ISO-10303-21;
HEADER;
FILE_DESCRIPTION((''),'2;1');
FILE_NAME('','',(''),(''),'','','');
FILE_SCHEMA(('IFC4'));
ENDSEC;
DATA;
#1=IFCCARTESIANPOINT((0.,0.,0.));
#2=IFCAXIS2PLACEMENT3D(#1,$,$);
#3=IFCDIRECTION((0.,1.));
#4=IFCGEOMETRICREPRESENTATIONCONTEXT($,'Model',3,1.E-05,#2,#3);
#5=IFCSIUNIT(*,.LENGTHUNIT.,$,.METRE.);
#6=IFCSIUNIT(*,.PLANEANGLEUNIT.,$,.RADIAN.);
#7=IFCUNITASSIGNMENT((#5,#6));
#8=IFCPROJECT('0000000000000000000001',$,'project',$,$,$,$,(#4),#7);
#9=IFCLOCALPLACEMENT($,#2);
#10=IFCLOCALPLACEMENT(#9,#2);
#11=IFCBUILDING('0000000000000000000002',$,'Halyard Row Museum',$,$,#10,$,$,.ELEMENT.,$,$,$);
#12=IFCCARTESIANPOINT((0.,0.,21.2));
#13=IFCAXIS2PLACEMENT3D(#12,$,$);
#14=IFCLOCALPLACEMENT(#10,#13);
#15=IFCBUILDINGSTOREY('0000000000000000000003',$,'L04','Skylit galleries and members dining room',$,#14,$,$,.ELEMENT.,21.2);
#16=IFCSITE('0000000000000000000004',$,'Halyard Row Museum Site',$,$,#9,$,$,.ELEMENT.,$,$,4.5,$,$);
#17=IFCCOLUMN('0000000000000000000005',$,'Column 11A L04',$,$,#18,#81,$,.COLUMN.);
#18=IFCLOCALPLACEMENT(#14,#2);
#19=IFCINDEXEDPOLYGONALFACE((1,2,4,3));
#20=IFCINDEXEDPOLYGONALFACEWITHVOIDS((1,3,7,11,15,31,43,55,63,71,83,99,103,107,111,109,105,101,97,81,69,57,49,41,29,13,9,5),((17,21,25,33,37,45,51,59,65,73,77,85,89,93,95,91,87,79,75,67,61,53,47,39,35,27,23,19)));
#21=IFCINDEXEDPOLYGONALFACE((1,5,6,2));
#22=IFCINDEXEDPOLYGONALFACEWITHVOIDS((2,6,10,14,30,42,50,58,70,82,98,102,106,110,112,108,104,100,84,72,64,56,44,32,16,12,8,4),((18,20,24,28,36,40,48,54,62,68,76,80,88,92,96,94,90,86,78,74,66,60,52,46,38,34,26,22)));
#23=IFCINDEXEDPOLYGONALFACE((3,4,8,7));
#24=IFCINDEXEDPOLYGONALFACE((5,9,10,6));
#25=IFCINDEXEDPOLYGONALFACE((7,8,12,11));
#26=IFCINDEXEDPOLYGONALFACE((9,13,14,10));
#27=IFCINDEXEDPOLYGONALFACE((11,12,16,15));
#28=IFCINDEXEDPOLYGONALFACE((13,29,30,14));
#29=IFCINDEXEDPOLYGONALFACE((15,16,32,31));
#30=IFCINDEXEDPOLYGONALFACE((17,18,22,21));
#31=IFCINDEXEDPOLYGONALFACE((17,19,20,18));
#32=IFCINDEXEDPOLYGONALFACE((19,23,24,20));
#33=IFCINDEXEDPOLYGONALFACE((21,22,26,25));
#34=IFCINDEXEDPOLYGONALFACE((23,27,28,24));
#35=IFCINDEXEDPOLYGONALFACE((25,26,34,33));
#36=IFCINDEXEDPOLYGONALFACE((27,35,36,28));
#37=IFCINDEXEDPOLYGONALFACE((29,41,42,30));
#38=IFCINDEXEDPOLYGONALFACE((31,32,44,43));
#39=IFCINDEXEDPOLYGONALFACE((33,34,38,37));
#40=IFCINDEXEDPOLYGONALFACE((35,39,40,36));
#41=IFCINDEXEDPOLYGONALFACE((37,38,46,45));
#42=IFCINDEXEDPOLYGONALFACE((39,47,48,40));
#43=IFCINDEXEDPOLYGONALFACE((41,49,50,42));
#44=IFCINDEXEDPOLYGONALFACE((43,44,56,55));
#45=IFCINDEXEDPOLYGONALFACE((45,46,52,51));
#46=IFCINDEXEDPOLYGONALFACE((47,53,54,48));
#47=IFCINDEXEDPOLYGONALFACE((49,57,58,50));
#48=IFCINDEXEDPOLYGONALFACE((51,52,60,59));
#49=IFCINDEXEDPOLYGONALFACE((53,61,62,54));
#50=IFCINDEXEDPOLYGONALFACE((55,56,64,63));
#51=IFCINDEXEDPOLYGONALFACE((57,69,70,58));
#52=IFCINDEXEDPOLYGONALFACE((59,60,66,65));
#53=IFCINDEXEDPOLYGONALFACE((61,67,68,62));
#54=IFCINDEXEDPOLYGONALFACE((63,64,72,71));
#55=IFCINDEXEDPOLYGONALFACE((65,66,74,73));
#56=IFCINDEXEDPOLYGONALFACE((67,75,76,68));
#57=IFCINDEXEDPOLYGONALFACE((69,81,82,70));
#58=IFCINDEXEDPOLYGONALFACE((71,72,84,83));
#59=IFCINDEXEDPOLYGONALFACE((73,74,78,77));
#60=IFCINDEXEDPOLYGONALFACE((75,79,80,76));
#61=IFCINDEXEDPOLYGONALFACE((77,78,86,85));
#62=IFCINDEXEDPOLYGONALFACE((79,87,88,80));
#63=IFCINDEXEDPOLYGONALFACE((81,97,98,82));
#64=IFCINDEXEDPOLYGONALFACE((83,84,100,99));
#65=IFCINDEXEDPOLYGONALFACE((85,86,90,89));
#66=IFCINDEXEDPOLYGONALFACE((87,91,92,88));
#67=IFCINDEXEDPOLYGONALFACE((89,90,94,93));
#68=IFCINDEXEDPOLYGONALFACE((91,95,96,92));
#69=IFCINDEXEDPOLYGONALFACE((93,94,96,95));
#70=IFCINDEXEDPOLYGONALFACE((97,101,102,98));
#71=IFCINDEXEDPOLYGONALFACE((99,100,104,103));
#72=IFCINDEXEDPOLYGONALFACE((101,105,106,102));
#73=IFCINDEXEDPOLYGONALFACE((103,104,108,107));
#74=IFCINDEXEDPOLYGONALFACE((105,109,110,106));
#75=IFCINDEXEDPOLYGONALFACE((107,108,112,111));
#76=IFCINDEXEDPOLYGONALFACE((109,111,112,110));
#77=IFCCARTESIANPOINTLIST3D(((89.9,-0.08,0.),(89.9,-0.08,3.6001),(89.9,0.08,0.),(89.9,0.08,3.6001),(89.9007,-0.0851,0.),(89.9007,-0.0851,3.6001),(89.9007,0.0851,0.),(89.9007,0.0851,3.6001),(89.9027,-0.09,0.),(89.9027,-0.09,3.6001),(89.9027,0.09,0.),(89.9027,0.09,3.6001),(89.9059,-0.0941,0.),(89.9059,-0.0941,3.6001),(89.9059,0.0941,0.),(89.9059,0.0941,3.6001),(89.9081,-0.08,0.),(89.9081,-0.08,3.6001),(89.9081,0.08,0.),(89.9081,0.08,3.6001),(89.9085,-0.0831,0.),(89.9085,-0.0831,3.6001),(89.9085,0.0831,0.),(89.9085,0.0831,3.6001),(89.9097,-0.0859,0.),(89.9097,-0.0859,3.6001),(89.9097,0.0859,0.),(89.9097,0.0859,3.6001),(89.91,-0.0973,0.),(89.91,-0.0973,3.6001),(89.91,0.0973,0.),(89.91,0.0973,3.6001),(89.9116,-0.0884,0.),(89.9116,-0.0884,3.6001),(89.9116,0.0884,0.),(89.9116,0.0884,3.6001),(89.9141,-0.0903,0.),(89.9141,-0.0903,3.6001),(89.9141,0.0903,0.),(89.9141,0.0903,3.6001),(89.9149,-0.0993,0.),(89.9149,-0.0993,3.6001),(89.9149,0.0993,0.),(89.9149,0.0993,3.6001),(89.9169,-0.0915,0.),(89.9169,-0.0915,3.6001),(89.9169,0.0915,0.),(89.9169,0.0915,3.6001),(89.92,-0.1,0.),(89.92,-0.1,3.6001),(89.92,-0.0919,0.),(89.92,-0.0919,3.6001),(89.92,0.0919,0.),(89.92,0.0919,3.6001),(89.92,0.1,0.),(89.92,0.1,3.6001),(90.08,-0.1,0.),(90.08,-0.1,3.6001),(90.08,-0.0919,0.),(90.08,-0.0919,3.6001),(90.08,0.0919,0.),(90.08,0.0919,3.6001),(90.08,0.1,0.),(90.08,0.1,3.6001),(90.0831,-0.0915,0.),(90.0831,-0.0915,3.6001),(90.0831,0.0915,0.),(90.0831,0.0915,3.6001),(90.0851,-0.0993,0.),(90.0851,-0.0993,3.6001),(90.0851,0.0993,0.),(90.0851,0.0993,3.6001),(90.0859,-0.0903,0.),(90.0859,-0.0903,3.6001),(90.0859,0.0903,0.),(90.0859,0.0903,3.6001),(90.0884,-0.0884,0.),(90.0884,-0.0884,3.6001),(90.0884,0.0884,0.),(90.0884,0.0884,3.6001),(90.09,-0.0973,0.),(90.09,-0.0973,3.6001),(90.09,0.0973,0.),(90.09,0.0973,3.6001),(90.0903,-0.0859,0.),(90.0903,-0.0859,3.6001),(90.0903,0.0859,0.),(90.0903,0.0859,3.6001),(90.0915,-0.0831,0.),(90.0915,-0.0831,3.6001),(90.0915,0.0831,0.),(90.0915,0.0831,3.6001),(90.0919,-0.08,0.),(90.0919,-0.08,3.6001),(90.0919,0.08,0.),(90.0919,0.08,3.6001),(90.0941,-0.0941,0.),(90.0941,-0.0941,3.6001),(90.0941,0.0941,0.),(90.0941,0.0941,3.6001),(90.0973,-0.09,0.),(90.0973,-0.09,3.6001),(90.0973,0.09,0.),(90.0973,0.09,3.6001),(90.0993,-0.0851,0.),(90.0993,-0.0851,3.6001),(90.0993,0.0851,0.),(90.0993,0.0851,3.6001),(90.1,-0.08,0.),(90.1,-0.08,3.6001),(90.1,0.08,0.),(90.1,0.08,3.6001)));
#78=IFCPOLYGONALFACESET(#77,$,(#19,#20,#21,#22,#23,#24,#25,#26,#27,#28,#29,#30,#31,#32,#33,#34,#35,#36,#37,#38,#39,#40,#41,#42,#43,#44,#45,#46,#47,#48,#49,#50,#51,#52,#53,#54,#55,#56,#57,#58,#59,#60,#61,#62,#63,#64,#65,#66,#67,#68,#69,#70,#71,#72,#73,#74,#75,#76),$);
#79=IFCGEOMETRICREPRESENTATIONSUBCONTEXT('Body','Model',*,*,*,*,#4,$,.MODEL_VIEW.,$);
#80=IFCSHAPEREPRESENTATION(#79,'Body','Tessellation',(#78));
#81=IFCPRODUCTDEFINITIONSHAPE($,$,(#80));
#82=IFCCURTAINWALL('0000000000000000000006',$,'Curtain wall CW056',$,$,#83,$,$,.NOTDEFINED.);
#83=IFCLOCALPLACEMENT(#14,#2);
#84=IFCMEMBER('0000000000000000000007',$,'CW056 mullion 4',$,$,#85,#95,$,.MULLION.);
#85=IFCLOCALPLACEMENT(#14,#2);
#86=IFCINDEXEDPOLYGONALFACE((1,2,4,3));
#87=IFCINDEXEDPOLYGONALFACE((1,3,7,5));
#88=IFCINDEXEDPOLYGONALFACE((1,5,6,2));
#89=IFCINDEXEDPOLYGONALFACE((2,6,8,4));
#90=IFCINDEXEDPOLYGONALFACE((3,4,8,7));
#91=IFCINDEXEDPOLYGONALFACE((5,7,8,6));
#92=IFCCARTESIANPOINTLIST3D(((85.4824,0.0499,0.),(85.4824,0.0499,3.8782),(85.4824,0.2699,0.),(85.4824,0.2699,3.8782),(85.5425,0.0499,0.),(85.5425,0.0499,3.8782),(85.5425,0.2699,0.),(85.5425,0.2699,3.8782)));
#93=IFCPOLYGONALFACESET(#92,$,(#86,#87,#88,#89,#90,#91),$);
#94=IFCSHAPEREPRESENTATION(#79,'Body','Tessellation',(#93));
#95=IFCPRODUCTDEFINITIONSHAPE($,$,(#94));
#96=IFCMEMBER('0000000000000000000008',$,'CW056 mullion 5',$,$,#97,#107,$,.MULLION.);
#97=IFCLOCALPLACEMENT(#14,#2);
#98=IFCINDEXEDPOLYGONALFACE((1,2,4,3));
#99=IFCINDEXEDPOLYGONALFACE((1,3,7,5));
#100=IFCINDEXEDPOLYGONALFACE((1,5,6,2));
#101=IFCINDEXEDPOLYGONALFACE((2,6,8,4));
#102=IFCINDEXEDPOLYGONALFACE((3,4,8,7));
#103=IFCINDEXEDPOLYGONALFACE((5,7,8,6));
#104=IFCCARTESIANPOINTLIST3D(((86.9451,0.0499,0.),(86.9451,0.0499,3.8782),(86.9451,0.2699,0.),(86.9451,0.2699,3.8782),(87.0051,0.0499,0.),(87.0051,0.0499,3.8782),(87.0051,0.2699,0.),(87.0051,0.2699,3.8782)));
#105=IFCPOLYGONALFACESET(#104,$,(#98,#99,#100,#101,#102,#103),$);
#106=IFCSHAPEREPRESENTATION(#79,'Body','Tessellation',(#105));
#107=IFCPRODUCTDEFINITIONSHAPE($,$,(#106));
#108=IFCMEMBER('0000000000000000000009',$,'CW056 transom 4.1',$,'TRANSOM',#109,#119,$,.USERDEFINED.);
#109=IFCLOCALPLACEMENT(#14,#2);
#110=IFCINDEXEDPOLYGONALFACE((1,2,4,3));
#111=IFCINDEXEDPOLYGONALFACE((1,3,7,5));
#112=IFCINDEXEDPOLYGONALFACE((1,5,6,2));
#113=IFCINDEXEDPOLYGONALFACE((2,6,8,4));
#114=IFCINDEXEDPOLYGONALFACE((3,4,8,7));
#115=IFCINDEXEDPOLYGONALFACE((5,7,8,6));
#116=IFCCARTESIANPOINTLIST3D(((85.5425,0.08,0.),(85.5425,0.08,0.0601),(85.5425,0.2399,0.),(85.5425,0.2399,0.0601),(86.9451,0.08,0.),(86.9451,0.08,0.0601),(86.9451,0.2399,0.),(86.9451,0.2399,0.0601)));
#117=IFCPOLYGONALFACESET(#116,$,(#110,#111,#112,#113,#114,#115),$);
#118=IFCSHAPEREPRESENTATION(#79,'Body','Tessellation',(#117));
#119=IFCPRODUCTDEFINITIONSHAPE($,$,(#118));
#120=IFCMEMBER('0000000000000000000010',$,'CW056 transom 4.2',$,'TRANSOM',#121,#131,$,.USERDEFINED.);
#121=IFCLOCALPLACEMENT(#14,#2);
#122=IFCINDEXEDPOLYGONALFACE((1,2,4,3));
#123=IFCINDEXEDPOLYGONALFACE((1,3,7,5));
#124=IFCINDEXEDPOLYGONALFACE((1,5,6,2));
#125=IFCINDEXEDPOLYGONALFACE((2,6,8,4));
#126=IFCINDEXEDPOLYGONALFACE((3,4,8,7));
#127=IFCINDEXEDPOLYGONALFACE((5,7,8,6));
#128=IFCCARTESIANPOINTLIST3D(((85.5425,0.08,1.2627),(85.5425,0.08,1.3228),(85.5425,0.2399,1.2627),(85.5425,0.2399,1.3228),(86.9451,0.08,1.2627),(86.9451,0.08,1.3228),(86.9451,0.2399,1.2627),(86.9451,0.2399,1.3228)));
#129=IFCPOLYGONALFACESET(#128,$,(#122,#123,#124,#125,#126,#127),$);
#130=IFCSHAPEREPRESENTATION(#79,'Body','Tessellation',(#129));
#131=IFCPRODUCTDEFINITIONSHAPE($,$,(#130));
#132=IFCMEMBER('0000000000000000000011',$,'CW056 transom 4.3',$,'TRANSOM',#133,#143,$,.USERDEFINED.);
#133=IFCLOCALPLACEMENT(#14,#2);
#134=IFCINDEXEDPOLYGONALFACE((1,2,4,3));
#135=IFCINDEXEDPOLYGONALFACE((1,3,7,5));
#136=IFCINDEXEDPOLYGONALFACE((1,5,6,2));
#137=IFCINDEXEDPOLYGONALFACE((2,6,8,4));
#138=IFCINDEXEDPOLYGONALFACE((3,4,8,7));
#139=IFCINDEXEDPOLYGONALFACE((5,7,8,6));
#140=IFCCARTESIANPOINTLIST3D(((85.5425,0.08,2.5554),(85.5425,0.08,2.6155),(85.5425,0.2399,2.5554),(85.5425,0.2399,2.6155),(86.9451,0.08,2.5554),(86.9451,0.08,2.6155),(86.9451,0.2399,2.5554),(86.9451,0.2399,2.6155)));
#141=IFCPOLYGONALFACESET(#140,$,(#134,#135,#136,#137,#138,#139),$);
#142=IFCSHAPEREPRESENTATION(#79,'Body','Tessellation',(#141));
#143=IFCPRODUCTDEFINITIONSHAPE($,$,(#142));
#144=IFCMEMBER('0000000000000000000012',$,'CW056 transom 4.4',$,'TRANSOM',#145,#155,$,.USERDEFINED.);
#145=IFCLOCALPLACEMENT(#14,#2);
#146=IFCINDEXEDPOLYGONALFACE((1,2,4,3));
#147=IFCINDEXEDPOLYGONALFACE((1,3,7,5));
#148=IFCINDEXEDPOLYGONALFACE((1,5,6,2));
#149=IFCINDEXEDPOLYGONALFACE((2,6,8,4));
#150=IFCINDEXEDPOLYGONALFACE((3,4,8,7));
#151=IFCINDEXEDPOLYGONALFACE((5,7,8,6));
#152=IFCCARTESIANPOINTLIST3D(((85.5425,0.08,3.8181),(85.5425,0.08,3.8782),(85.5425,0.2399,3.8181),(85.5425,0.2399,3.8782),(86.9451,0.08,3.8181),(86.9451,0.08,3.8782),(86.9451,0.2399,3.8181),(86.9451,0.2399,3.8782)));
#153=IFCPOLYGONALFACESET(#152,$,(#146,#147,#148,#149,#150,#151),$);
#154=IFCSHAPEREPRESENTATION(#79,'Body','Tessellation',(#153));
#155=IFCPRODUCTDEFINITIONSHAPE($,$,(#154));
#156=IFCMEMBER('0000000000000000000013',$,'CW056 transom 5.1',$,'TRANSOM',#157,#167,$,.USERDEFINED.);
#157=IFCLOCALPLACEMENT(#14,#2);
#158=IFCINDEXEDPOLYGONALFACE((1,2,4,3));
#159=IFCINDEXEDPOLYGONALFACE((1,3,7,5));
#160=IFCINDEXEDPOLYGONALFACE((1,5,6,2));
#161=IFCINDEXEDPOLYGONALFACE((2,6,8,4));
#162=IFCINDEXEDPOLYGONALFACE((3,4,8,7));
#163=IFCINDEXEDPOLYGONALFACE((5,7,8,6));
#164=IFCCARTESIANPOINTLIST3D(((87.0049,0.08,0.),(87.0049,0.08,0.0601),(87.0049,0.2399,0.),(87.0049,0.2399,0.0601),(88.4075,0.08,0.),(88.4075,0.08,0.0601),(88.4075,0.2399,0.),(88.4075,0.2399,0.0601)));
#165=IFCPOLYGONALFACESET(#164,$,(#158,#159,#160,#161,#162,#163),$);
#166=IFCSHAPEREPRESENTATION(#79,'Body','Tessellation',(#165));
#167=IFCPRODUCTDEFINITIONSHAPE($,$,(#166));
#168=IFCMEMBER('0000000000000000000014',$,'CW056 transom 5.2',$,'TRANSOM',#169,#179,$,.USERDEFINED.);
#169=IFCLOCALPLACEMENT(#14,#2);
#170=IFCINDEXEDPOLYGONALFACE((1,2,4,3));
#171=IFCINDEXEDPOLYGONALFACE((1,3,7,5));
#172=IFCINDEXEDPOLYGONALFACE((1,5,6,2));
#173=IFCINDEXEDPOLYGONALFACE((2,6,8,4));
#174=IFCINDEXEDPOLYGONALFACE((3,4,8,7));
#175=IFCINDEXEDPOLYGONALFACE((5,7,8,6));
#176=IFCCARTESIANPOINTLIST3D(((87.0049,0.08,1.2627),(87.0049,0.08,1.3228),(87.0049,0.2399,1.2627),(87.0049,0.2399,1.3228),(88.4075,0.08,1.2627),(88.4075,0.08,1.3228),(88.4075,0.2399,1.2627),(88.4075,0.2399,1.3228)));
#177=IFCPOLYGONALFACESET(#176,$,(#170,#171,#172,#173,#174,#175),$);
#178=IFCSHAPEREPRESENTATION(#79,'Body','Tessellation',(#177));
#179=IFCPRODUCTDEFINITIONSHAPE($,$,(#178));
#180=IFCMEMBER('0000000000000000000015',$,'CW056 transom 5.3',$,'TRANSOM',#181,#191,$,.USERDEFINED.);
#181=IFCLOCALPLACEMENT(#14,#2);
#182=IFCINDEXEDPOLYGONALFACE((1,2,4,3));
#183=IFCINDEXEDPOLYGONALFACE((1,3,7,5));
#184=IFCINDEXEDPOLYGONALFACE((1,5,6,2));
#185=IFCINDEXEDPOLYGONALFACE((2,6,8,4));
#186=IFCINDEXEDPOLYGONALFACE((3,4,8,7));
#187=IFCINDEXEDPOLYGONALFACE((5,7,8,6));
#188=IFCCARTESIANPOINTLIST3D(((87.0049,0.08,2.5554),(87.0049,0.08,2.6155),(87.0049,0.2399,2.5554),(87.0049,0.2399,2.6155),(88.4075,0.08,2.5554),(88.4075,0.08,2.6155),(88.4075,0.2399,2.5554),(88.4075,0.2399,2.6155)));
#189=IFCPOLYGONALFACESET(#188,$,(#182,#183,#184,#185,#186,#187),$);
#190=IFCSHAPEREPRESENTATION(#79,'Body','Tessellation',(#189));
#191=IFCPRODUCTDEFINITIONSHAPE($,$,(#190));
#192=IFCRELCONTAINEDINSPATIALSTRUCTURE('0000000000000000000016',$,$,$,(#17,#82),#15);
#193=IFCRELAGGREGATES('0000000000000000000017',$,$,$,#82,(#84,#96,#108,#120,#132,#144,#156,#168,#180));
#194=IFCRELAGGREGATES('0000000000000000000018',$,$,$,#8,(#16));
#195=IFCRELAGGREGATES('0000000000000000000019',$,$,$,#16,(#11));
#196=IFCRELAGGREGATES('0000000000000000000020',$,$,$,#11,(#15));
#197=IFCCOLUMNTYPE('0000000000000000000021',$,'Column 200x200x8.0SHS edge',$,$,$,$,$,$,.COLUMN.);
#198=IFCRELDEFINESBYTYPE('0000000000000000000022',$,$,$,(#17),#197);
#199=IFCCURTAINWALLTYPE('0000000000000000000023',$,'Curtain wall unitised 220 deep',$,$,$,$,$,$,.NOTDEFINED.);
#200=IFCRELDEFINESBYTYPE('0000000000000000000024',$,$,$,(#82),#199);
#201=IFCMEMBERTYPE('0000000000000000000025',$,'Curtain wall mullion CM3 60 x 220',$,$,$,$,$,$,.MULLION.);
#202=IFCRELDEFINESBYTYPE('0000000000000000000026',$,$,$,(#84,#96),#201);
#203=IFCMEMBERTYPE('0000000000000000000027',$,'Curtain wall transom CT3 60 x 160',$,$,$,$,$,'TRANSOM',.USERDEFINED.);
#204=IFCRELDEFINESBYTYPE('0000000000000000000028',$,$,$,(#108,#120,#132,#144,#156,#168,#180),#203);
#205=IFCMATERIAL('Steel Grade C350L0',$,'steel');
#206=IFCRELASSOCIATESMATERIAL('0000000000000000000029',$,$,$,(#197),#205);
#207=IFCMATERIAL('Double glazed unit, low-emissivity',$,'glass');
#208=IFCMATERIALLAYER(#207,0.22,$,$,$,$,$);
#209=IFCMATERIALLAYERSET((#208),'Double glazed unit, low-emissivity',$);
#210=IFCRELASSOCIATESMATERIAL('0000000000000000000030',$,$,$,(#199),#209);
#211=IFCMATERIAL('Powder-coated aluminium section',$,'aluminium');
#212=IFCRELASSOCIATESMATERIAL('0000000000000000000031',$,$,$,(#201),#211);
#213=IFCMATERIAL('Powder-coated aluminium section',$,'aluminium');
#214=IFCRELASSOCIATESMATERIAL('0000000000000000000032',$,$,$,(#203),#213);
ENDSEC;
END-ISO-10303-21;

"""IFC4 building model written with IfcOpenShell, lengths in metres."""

from ifc_helpers import new_model, si_unit, direction, frame, origin, origin_2d, place, context, subcontext, project, spatial, rectangle, hollow_rectangle, extrude, material, layer, layer_set, material_profile, profile_set, type_object, element, aggregate, save


model = new_model("IFC4")

# Units and contexts
model_context = context("Model", 3, precision=1e-05, world=origin(), true_north=direction((0.0, 1.0)))
body_context = subcontext(model_context, "Body", "Model", "MODEL_VIEW")
ifc_project = project(units=[si_unit("LENGTHUNIT", "METRE"), si_unit("PLANEANGLEUNIT", "RADIAN")], contexts=[model_context])

# Site, building, storey
site_placement = place(None, origin())
site = spatial("IfcSite", under=ifc_project, at=site_placement, Name="Halyard Row Museum Site", CompositionType="ELEMENT", RefElevation=4.5)
building_placement = place(site_placement, origin())
building = spatial("IfcBuilding", under=site, at=building_placement, Name="Halyard Row Museum", CompositionType="ELEMENT")
storey_placement = place(building_placement, frame((0.0, 0.0, 21.2)))
storey = spatial("IfcBuildingStorey", under=building, at=storey_placement, Name="L04", Description="Skylit galleries and members dining room", CompositionType="ELEMENT", Elevation=21.2)

# Column
ifc_material_1 = material(Name="Steel Grade C350L0", Category="steel")
ifc_material_profile_1 = material_profile(ifc_material_1, hollow_rectangle(XDim=0.2, YDim=0.2, WallThickness=0.0081, InnerFilletRadius=0.012, OuterFilletRadius=0.02, at=origin_2d()), Name="200x200x8.0SHS")
ifc_profile_set_1 = profile_set([ifc_material_profile_1], Name="Steel Grade C350L0")
column_type = type_object("IfcColumnType", Name="Column 200x200x8.0SHS edge", PredefinedType="COLUMN", material=ifc_profile_set_1)
column_placement = place(storey_placement, frame((90.0, 0.0, 0.0), z_axis=(0.0, 0.0, 1.0), x_axis=(1.0, 0.0, 0.0)))
element("IfcColumn", 1, at=column_placement, inside=storey, type_object=column_type, Name="Column 11A L04", PredefinedType="COLUMN", context=body_context, shape_type="SweptSolid", body=[
    extrude(hollow_rectangle(XDim=0.2, YDim=0.2, WallThickness=0.0081, InnerFilletRadius=0.012, OuterFilletRadius=0.02, at=origin_2d()), origin(), (0.0, 0.0, 1.0), 3.6001),
])

# Curtain wall, members
ifc_material_2 = material(Name="Double glazed unit, low-emissivity", Category="glass")
ifc_layer_1 = layer(ifc_material_2, 0.22)
ifc_layer_set_1 = layer_set([ifc_layer_1], Name="Double glazed unit, low-emissivity")
curtain_wall_type = type_object("IfcCurtainWallType", Name="Curtain wall unitised 220 deep", PredefinedType="NOTDEFINED", material=ifc_layer_set_1)
curtain_wall_placement = place(storey_placement, origin())
curtain_wall = element("IfcCurtainWall", 2, at=curtain_wall_placement, inside=storey, type_object=curtain_wall_type, Name="Curtain wall CW056", PredefinedType="NOTDEFINED")
ifc_material_3 = material(Name="Powder-coated aluminium section", Category="aluminium")
ifc_material_profile_2 = material_profile(ifc_material_3, rectangle(XDim=0.22, YDim=0.0601, at=origin_2d()), Name="220x60 mullion")
ifc_profile_set_2 = profile_set([ifc_material_profile_2], Name="Powder-coated aluminium section")
member_type_1 = type_object("IfcMemberType", Name="Curtain wall mullion CM3 60 x 220", PredefinedType="MULLION", material=ifc_profile_set_2)
member_1_placement = place(storey_placement, frame((85.5125, 0.1599, 0.0), z_axis=(0.0, 0.0, 1.0), x_axis=(0.0, 1.0, 0.0)))
member_1 = element("IfcMember", 3, at=member_1_placement, type_object=member_type_1, Name="CW056 mullion 4", PredefinedType="MULLION", context=body_context, shape_type="SweptSolid", body=[
    extrude(rectangle(XDim=0.22, YDim=0.0601, at=origin_2d()), origin(), (0.0, 0.0, 1.0), 3.8782),
])
member_2_placement = place(storey_placement, frame((86.9751, 0.1599, 0.0), z_axis=(0.0, 0.0, 1.0), x_axis=(0.0, 1.0, 0.0)))
member_2 = element("IfcMember", 4, at=member_2_placement, type_object=member_type_1, Name="CW056 mullion 5", PredefinedType="MULLION", context=body_context, shape_type="SweptSolid", body=[
    extrude(rectangle(XDim=0.22, YDim=0.0601, at=origin_2d()), origin(), (0.0, 0.0, 1.0), 3.8782),
])
ifc_material_4 = material(Name="Powder-coated aluminium section", Category="aluminium")
ifc_material_profile_3 = material_profile(ifc_material_4, rectangle(XDim=0.1599, YDim=0.0601, at=origin_2d()), Name="160x60 transom")
ifc_profile_set_3 = profile_set([ifc_material_profile_3], Name="Powder-coated aluminium section")
member_type_2 = type_object("IfcMemberType", Name="Curtain wall transom CT3 60 x 160", ElementType="TRANSOM", PredefinedType="USERDEFINED", material=ifc_profile_set_3)
member_3_placement = place(storey_placement, frame((85.5425, 0.1599, 0.03), z_axis=(1.0, 0.0, 0.0), x_axis=(0.0, 1.0, 0.0)))
member_3 = element("IfcMember", 5, at=member_3_placement, type_object=member_type_2, Name="CW056 transom 4.1", ObjectType="TRANSOM", PredefinedType="USERDEFINED", context=body_context, shape_type="SweptSolid", body=[
    extrude(rectangle(XDim=0.1599, YDim=0.0601, at=origin_2d()), origin(), (0.0, 0.0, 1.0), 1.4026),
])
member_4_placement = place(storey_placement, frame((85.5425, 0.1599, 1.2927), z_axis=(1.0, 0.0, 0.0), x_axis=(0.0, 1.0, 0.0)))
member_4 = element("IfcMember", 6, at=member_4_placement, type_object=member_type_2, Name="CW056 transom 4.2", ObjectType="TRANSOM", PredefinedType="USERDEFINED", context=body_context, shape_type="SweptSolid", body=[
    extrude(rectangle(XDim=0.1599, YDim=0.0601, at=origin_2d()), origin(), (0.0, 0.0, 1.0), 1.4026),
])
member_5_placement = place(storey_placement, frame((85.5425, 0.1599, 2.5854), z_axis=(1.0, 0.0, 0.0), x_axis=(0.0, 1.0, 0.0)))
member_5 = element("IfcMember", 7, at=member_5_placement, type_object=member_type_2, Name="CW056 transom 4.3", ObjectType="TRANSOM", PredefinedType="USERDEFINED", context=body_context, shape_type="SweptSolid", body=[
    extrude(rectangle(XDim=0.1599, YDim=0.0601, at=origin_2d()), origin(), (0.0, 0.0, 1.0), 1.4026),
])
member_6_placement = place(storey_placement, frame((85.5425, 0.1599, 3.8481), z_axis=(1.0, 0.0, 0.0), x_axis=(0.0, 1.0, 0.0)))
member_6 = element("IfcMember", 8, at=member_6_placement, type_object=member_type_2, Name="CW056 transom 4.4", ObjectType="TRANSOM", PredefinedType="USERDEFINED", context=body_context, shape_type="SweptSolid", body=[
    extrude(rectangle(XDim=0.1599, YDim=0.0601, at=origin_2d()), origin(), (0.0, 0.0, 1.0), 1.4026),
])
member_7_placement = place(storey_placement, frame((87.0049, 0.1599, 0.03), z_axis=(1.0, 0.0, 0.0), x_axis=(0.0, 1.0, 0.0)))
member_7 = element("IfcMember", 9, at=member_7_placement, type_object=member_type_2, Name="CW056 transom 5.1", ObjectType="TRANSOM", PredefinedType="USERDEFINED", context=body_context, shape_type="SweptSolid", body=[
    extrude(rectangle(XDim=0.1599, YDim=0.0601, at=origin_2d()), origin(), (0.0, 0.0, 1.0), 1.4026),
])
member_8_placement = place(storey_placement, frame((87.0049, 0.1599, 1.2927), z_axis=(1.0, 0.0, 0.0), x_axis=(0.0, 1.0, 0.0)))
member_8 = element("IfcMember", 10, at=member_8_placement, type_object=member_type_2, Name="CW056 transom 5.2", ObjectType="TRANSOM", PredefinedType="USERDEFINED", context=body_context, shape_type="SweptSolid", body=[
    extrude(rectangle(XDim=0.1599, YDim=0.0601, at=origin_2d()), origin(), (0.0, 0.0, 1.0), 1.4026),
])
member_9_placement = place(storey_placement, frame((87.0049, 0.1599, 2.5854), z_axis=(1.0, 0.0, 0.0), x_axis=(0.0, 1.0, 0.0)))
member_9 = element("IfcMember", 11, at=member_9_placement, type_object=member_type_2, Name="CW056 transom 5.3", ObjectType="TRANSOM", PredefinedType="USERDEFINED", context=body_context, shape_type="SweptSolid", body=[
    extrude(rectangle(XDim=0.1599, YDim=0.0601, at=origin_2d()), origin(), (0.0, 0.0, 1.0), 1.4026),
])

aggregate(curtain_wall, [member_1, member_2, member_3, member_4, member_5, member_6, member_7, member_8, member_9])

save(model, "model.ifc")
